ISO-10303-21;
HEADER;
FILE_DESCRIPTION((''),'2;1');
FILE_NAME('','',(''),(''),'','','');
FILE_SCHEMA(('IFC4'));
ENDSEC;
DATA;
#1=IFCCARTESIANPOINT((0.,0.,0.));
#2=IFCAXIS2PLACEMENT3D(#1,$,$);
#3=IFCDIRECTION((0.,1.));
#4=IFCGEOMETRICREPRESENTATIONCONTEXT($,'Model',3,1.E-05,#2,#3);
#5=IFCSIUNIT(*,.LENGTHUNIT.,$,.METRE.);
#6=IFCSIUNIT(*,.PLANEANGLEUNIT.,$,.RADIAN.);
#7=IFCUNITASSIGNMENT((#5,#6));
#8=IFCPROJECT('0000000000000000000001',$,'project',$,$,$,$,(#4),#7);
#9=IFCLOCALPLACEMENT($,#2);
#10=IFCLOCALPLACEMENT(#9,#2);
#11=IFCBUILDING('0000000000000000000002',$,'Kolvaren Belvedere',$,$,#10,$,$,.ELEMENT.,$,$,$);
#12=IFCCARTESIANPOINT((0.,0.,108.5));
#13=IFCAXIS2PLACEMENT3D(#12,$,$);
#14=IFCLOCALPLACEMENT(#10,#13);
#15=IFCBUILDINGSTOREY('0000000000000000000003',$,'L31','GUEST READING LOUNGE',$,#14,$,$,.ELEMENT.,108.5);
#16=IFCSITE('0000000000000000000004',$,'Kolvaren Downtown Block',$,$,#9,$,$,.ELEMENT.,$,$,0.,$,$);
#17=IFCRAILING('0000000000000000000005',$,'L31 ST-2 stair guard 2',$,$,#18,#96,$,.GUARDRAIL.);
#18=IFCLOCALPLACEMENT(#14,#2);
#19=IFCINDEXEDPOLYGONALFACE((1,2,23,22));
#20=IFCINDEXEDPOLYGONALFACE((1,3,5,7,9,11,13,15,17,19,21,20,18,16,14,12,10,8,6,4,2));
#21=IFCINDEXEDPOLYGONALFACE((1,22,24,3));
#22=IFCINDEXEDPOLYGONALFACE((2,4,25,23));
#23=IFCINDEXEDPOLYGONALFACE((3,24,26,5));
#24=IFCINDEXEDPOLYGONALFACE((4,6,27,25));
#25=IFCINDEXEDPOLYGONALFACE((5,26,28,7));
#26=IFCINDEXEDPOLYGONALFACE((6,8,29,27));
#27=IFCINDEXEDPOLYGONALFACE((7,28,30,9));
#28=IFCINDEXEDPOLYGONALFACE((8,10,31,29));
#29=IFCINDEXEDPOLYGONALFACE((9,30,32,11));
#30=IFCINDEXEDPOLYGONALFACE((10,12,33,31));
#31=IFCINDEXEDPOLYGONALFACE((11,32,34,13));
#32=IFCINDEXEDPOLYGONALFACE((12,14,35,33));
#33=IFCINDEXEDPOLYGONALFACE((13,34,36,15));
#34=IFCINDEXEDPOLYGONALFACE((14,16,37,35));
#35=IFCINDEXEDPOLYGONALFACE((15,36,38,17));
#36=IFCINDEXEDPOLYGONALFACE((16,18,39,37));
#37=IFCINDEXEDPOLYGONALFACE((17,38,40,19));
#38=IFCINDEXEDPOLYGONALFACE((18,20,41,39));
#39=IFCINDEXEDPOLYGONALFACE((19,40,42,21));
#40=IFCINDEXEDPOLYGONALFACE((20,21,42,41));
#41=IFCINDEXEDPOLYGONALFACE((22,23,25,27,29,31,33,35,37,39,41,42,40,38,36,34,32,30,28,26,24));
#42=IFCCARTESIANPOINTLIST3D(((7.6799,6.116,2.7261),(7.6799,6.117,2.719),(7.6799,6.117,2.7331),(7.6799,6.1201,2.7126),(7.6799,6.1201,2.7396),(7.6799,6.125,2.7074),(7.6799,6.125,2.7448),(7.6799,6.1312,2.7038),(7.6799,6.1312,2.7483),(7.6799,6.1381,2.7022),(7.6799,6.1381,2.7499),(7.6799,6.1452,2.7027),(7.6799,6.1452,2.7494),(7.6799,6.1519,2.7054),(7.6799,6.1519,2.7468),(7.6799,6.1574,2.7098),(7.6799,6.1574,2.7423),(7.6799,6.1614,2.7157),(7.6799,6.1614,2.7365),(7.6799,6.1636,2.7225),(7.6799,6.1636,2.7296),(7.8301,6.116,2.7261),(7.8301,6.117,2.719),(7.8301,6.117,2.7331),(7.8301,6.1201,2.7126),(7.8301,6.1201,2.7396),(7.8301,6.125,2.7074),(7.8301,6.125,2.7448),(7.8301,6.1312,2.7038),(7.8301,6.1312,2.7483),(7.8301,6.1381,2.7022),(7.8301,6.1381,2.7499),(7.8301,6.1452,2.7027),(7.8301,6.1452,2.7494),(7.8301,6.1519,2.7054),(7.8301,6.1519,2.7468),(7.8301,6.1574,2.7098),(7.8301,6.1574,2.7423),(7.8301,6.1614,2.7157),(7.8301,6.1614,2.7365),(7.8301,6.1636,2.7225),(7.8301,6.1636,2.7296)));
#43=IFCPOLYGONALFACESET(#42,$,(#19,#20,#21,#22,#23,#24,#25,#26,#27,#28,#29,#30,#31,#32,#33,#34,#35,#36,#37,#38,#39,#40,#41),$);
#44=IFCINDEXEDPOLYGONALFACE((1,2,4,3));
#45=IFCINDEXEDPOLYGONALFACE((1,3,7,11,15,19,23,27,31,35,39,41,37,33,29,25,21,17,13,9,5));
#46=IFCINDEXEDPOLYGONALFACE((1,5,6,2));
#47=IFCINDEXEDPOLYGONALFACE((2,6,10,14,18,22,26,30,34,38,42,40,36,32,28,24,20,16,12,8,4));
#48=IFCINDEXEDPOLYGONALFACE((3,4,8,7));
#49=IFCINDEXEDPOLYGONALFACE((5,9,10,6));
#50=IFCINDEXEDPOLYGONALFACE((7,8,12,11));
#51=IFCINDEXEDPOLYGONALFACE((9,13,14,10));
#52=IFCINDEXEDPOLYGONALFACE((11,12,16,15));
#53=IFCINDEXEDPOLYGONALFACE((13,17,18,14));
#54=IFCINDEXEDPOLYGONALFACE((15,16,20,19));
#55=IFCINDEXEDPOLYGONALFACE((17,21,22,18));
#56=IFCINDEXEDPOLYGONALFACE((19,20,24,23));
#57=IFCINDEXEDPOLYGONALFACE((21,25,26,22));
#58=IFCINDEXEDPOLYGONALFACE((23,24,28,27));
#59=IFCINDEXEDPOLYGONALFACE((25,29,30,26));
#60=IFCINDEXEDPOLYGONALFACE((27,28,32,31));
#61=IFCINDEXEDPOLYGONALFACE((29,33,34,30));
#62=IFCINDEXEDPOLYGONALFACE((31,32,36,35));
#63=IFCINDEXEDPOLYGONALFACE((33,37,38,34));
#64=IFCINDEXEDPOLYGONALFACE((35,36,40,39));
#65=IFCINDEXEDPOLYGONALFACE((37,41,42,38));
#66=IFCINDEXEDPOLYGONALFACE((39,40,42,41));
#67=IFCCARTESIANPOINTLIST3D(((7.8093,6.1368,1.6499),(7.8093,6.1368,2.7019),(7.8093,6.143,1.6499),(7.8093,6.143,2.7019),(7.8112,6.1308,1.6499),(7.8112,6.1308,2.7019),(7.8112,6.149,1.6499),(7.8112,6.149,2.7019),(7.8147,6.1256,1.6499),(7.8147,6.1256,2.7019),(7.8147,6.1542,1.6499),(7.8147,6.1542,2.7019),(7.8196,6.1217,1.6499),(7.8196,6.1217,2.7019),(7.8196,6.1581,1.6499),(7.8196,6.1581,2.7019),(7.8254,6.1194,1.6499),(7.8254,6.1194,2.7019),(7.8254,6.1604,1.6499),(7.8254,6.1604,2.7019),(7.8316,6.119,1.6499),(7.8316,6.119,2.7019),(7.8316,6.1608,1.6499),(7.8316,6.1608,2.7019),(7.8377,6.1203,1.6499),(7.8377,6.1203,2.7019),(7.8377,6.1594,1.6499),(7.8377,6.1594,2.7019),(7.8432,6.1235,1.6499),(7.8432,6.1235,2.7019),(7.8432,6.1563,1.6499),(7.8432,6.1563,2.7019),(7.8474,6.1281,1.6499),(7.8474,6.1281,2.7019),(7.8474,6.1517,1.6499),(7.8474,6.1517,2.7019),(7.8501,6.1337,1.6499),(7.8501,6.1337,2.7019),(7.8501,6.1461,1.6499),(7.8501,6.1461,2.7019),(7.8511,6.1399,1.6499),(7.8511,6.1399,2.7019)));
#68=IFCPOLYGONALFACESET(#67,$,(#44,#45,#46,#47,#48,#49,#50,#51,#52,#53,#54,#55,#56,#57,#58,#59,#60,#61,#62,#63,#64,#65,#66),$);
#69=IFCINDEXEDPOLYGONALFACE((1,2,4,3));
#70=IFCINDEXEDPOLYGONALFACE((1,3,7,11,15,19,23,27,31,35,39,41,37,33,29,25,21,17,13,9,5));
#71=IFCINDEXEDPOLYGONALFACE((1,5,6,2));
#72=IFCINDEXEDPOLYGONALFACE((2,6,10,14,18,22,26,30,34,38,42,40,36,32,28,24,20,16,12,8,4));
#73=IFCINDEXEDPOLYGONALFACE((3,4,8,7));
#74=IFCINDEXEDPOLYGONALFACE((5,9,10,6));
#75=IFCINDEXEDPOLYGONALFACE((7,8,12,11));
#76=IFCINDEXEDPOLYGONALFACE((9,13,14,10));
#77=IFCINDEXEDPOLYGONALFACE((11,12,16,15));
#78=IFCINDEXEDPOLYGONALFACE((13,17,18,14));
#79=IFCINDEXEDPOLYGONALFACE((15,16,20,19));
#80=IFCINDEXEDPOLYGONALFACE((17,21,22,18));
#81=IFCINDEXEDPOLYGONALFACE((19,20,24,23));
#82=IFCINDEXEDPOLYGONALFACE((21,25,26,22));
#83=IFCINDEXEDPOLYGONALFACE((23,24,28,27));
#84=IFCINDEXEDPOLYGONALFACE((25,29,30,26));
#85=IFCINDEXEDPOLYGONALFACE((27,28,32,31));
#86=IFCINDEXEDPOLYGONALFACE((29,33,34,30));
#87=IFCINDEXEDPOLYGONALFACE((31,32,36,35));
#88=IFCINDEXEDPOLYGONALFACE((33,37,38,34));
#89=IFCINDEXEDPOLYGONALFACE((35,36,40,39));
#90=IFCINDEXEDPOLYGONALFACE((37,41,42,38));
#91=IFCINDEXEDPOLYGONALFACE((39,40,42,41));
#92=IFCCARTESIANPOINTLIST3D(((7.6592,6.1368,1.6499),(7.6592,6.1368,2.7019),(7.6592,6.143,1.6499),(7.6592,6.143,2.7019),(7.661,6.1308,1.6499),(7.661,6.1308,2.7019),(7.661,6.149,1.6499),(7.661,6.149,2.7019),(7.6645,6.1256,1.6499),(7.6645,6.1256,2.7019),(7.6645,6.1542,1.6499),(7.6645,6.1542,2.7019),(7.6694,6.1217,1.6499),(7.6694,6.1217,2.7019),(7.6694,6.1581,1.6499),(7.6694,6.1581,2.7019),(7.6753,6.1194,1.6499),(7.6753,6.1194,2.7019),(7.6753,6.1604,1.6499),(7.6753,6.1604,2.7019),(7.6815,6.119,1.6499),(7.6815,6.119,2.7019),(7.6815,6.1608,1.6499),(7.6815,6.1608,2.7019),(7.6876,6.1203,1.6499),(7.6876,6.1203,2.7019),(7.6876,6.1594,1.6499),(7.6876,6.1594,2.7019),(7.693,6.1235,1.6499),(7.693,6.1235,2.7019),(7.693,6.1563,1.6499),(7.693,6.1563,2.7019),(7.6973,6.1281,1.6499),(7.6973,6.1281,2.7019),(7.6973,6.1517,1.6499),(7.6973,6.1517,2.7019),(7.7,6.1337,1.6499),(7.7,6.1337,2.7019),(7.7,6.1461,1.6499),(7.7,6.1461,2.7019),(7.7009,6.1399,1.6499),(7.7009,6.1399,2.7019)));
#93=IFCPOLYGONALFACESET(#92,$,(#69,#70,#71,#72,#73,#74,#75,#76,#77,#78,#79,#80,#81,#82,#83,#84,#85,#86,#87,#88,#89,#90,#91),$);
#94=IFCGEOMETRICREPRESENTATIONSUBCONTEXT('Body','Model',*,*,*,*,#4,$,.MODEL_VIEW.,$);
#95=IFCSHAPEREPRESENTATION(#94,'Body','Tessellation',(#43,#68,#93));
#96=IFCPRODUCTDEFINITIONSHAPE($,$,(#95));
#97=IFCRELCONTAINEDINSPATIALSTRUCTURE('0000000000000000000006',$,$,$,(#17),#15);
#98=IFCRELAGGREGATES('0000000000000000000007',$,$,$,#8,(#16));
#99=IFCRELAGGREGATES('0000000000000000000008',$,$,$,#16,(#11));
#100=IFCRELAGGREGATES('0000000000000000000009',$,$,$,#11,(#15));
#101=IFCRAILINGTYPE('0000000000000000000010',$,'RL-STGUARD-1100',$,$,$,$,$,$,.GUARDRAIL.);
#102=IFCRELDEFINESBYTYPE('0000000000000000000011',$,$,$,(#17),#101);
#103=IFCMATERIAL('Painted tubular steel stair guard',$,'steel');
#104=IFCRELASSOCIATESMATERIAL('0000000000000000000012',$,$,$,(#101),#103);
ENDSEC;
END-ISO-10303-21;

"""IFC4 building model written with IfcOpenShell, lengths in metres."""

from ifc_helpers import new_model, si_unit, direction, frame, origin, origin_2d, place, context, subcontext, project, spatial, circle, extrude, material, type_object, element, save


model = new_model("IFC4")

# Units and contexts
model_context = context("Model", 3, precision=1e-05, world=origin(), true_north=direction((0.0, 1.0)))
body_context = subcontext(model_context, "Body", "Model", "MODEL_VIEW")
ifc_project = project(units=[si_unit("LENGTHUNIT", "METRE"), si_unit("PLANEANGLEUNIT", "RADIAN")], contexts=[model_context])

# Site, building, storey
site_placement = place(None, origin())
site = spatial("IfcSite", under=ifc_project, at=site_placement, Name="Kolvaren Downtown Block", CompositionType="ELEMENT", RefElevation=0.0)
building_placement = place(site_placement, origin())
building = spatial("IfcBuilding", under=site, at=building_placement, Name="Kolvaren Belvedere", CompositionType="ELEMENT")
storey_placement = place(building_placement, frame((0.0, 0.0, 108.5)))
storey = spatial("IfcBuildingStorey", under=building, at=storey_placement, Name="L31", Description="GUEST READING LOUNGE", CompositionType="ELEMENT", Elevation=108.5)

# Railing
ifc_material_1 = material(Name="Painted tubular steel stair guard", Category="steel")
railing_type_1 = type_object("IfcRailingType", Name="RL-STGUARD-1100", PredefinedType="GUARDRAIL", material=ifc_material_1)
railing_1_placement = place(storey_placement, frame((7.8301, 6.1399, 1.6499)))
element("IfcRailing", 1, at=railing_1_placement, inside=storey, type_object=railing_type_1, Name="L31 ST-2 stair guard 2", PredefinedType="GUARDRAIL", context=body_context, shape_type="SweptSolid", body=[
    extrude(circle(Radius=0.0239, at=origin_2d()), frame((0.0, 0.0, 1.0762), z_axis=(-1.0, 0.0, 0.0), x_axis=(0.0, -1.0, 0.0)), (0.0, 0.0, 1.0), 0.1501),
    extrude(circle(Radius=0.021, at=origin_2d()), origin(), (0.0, 0.0, 1.0), 1.052),
    extrude(circle(Radius=0.021, at=origin_2d()), frame((-0.1501, 0.0, 0.0)), (0.0, 0.0, 1.0), 1.052),
])

save(model, "model.ifc")
